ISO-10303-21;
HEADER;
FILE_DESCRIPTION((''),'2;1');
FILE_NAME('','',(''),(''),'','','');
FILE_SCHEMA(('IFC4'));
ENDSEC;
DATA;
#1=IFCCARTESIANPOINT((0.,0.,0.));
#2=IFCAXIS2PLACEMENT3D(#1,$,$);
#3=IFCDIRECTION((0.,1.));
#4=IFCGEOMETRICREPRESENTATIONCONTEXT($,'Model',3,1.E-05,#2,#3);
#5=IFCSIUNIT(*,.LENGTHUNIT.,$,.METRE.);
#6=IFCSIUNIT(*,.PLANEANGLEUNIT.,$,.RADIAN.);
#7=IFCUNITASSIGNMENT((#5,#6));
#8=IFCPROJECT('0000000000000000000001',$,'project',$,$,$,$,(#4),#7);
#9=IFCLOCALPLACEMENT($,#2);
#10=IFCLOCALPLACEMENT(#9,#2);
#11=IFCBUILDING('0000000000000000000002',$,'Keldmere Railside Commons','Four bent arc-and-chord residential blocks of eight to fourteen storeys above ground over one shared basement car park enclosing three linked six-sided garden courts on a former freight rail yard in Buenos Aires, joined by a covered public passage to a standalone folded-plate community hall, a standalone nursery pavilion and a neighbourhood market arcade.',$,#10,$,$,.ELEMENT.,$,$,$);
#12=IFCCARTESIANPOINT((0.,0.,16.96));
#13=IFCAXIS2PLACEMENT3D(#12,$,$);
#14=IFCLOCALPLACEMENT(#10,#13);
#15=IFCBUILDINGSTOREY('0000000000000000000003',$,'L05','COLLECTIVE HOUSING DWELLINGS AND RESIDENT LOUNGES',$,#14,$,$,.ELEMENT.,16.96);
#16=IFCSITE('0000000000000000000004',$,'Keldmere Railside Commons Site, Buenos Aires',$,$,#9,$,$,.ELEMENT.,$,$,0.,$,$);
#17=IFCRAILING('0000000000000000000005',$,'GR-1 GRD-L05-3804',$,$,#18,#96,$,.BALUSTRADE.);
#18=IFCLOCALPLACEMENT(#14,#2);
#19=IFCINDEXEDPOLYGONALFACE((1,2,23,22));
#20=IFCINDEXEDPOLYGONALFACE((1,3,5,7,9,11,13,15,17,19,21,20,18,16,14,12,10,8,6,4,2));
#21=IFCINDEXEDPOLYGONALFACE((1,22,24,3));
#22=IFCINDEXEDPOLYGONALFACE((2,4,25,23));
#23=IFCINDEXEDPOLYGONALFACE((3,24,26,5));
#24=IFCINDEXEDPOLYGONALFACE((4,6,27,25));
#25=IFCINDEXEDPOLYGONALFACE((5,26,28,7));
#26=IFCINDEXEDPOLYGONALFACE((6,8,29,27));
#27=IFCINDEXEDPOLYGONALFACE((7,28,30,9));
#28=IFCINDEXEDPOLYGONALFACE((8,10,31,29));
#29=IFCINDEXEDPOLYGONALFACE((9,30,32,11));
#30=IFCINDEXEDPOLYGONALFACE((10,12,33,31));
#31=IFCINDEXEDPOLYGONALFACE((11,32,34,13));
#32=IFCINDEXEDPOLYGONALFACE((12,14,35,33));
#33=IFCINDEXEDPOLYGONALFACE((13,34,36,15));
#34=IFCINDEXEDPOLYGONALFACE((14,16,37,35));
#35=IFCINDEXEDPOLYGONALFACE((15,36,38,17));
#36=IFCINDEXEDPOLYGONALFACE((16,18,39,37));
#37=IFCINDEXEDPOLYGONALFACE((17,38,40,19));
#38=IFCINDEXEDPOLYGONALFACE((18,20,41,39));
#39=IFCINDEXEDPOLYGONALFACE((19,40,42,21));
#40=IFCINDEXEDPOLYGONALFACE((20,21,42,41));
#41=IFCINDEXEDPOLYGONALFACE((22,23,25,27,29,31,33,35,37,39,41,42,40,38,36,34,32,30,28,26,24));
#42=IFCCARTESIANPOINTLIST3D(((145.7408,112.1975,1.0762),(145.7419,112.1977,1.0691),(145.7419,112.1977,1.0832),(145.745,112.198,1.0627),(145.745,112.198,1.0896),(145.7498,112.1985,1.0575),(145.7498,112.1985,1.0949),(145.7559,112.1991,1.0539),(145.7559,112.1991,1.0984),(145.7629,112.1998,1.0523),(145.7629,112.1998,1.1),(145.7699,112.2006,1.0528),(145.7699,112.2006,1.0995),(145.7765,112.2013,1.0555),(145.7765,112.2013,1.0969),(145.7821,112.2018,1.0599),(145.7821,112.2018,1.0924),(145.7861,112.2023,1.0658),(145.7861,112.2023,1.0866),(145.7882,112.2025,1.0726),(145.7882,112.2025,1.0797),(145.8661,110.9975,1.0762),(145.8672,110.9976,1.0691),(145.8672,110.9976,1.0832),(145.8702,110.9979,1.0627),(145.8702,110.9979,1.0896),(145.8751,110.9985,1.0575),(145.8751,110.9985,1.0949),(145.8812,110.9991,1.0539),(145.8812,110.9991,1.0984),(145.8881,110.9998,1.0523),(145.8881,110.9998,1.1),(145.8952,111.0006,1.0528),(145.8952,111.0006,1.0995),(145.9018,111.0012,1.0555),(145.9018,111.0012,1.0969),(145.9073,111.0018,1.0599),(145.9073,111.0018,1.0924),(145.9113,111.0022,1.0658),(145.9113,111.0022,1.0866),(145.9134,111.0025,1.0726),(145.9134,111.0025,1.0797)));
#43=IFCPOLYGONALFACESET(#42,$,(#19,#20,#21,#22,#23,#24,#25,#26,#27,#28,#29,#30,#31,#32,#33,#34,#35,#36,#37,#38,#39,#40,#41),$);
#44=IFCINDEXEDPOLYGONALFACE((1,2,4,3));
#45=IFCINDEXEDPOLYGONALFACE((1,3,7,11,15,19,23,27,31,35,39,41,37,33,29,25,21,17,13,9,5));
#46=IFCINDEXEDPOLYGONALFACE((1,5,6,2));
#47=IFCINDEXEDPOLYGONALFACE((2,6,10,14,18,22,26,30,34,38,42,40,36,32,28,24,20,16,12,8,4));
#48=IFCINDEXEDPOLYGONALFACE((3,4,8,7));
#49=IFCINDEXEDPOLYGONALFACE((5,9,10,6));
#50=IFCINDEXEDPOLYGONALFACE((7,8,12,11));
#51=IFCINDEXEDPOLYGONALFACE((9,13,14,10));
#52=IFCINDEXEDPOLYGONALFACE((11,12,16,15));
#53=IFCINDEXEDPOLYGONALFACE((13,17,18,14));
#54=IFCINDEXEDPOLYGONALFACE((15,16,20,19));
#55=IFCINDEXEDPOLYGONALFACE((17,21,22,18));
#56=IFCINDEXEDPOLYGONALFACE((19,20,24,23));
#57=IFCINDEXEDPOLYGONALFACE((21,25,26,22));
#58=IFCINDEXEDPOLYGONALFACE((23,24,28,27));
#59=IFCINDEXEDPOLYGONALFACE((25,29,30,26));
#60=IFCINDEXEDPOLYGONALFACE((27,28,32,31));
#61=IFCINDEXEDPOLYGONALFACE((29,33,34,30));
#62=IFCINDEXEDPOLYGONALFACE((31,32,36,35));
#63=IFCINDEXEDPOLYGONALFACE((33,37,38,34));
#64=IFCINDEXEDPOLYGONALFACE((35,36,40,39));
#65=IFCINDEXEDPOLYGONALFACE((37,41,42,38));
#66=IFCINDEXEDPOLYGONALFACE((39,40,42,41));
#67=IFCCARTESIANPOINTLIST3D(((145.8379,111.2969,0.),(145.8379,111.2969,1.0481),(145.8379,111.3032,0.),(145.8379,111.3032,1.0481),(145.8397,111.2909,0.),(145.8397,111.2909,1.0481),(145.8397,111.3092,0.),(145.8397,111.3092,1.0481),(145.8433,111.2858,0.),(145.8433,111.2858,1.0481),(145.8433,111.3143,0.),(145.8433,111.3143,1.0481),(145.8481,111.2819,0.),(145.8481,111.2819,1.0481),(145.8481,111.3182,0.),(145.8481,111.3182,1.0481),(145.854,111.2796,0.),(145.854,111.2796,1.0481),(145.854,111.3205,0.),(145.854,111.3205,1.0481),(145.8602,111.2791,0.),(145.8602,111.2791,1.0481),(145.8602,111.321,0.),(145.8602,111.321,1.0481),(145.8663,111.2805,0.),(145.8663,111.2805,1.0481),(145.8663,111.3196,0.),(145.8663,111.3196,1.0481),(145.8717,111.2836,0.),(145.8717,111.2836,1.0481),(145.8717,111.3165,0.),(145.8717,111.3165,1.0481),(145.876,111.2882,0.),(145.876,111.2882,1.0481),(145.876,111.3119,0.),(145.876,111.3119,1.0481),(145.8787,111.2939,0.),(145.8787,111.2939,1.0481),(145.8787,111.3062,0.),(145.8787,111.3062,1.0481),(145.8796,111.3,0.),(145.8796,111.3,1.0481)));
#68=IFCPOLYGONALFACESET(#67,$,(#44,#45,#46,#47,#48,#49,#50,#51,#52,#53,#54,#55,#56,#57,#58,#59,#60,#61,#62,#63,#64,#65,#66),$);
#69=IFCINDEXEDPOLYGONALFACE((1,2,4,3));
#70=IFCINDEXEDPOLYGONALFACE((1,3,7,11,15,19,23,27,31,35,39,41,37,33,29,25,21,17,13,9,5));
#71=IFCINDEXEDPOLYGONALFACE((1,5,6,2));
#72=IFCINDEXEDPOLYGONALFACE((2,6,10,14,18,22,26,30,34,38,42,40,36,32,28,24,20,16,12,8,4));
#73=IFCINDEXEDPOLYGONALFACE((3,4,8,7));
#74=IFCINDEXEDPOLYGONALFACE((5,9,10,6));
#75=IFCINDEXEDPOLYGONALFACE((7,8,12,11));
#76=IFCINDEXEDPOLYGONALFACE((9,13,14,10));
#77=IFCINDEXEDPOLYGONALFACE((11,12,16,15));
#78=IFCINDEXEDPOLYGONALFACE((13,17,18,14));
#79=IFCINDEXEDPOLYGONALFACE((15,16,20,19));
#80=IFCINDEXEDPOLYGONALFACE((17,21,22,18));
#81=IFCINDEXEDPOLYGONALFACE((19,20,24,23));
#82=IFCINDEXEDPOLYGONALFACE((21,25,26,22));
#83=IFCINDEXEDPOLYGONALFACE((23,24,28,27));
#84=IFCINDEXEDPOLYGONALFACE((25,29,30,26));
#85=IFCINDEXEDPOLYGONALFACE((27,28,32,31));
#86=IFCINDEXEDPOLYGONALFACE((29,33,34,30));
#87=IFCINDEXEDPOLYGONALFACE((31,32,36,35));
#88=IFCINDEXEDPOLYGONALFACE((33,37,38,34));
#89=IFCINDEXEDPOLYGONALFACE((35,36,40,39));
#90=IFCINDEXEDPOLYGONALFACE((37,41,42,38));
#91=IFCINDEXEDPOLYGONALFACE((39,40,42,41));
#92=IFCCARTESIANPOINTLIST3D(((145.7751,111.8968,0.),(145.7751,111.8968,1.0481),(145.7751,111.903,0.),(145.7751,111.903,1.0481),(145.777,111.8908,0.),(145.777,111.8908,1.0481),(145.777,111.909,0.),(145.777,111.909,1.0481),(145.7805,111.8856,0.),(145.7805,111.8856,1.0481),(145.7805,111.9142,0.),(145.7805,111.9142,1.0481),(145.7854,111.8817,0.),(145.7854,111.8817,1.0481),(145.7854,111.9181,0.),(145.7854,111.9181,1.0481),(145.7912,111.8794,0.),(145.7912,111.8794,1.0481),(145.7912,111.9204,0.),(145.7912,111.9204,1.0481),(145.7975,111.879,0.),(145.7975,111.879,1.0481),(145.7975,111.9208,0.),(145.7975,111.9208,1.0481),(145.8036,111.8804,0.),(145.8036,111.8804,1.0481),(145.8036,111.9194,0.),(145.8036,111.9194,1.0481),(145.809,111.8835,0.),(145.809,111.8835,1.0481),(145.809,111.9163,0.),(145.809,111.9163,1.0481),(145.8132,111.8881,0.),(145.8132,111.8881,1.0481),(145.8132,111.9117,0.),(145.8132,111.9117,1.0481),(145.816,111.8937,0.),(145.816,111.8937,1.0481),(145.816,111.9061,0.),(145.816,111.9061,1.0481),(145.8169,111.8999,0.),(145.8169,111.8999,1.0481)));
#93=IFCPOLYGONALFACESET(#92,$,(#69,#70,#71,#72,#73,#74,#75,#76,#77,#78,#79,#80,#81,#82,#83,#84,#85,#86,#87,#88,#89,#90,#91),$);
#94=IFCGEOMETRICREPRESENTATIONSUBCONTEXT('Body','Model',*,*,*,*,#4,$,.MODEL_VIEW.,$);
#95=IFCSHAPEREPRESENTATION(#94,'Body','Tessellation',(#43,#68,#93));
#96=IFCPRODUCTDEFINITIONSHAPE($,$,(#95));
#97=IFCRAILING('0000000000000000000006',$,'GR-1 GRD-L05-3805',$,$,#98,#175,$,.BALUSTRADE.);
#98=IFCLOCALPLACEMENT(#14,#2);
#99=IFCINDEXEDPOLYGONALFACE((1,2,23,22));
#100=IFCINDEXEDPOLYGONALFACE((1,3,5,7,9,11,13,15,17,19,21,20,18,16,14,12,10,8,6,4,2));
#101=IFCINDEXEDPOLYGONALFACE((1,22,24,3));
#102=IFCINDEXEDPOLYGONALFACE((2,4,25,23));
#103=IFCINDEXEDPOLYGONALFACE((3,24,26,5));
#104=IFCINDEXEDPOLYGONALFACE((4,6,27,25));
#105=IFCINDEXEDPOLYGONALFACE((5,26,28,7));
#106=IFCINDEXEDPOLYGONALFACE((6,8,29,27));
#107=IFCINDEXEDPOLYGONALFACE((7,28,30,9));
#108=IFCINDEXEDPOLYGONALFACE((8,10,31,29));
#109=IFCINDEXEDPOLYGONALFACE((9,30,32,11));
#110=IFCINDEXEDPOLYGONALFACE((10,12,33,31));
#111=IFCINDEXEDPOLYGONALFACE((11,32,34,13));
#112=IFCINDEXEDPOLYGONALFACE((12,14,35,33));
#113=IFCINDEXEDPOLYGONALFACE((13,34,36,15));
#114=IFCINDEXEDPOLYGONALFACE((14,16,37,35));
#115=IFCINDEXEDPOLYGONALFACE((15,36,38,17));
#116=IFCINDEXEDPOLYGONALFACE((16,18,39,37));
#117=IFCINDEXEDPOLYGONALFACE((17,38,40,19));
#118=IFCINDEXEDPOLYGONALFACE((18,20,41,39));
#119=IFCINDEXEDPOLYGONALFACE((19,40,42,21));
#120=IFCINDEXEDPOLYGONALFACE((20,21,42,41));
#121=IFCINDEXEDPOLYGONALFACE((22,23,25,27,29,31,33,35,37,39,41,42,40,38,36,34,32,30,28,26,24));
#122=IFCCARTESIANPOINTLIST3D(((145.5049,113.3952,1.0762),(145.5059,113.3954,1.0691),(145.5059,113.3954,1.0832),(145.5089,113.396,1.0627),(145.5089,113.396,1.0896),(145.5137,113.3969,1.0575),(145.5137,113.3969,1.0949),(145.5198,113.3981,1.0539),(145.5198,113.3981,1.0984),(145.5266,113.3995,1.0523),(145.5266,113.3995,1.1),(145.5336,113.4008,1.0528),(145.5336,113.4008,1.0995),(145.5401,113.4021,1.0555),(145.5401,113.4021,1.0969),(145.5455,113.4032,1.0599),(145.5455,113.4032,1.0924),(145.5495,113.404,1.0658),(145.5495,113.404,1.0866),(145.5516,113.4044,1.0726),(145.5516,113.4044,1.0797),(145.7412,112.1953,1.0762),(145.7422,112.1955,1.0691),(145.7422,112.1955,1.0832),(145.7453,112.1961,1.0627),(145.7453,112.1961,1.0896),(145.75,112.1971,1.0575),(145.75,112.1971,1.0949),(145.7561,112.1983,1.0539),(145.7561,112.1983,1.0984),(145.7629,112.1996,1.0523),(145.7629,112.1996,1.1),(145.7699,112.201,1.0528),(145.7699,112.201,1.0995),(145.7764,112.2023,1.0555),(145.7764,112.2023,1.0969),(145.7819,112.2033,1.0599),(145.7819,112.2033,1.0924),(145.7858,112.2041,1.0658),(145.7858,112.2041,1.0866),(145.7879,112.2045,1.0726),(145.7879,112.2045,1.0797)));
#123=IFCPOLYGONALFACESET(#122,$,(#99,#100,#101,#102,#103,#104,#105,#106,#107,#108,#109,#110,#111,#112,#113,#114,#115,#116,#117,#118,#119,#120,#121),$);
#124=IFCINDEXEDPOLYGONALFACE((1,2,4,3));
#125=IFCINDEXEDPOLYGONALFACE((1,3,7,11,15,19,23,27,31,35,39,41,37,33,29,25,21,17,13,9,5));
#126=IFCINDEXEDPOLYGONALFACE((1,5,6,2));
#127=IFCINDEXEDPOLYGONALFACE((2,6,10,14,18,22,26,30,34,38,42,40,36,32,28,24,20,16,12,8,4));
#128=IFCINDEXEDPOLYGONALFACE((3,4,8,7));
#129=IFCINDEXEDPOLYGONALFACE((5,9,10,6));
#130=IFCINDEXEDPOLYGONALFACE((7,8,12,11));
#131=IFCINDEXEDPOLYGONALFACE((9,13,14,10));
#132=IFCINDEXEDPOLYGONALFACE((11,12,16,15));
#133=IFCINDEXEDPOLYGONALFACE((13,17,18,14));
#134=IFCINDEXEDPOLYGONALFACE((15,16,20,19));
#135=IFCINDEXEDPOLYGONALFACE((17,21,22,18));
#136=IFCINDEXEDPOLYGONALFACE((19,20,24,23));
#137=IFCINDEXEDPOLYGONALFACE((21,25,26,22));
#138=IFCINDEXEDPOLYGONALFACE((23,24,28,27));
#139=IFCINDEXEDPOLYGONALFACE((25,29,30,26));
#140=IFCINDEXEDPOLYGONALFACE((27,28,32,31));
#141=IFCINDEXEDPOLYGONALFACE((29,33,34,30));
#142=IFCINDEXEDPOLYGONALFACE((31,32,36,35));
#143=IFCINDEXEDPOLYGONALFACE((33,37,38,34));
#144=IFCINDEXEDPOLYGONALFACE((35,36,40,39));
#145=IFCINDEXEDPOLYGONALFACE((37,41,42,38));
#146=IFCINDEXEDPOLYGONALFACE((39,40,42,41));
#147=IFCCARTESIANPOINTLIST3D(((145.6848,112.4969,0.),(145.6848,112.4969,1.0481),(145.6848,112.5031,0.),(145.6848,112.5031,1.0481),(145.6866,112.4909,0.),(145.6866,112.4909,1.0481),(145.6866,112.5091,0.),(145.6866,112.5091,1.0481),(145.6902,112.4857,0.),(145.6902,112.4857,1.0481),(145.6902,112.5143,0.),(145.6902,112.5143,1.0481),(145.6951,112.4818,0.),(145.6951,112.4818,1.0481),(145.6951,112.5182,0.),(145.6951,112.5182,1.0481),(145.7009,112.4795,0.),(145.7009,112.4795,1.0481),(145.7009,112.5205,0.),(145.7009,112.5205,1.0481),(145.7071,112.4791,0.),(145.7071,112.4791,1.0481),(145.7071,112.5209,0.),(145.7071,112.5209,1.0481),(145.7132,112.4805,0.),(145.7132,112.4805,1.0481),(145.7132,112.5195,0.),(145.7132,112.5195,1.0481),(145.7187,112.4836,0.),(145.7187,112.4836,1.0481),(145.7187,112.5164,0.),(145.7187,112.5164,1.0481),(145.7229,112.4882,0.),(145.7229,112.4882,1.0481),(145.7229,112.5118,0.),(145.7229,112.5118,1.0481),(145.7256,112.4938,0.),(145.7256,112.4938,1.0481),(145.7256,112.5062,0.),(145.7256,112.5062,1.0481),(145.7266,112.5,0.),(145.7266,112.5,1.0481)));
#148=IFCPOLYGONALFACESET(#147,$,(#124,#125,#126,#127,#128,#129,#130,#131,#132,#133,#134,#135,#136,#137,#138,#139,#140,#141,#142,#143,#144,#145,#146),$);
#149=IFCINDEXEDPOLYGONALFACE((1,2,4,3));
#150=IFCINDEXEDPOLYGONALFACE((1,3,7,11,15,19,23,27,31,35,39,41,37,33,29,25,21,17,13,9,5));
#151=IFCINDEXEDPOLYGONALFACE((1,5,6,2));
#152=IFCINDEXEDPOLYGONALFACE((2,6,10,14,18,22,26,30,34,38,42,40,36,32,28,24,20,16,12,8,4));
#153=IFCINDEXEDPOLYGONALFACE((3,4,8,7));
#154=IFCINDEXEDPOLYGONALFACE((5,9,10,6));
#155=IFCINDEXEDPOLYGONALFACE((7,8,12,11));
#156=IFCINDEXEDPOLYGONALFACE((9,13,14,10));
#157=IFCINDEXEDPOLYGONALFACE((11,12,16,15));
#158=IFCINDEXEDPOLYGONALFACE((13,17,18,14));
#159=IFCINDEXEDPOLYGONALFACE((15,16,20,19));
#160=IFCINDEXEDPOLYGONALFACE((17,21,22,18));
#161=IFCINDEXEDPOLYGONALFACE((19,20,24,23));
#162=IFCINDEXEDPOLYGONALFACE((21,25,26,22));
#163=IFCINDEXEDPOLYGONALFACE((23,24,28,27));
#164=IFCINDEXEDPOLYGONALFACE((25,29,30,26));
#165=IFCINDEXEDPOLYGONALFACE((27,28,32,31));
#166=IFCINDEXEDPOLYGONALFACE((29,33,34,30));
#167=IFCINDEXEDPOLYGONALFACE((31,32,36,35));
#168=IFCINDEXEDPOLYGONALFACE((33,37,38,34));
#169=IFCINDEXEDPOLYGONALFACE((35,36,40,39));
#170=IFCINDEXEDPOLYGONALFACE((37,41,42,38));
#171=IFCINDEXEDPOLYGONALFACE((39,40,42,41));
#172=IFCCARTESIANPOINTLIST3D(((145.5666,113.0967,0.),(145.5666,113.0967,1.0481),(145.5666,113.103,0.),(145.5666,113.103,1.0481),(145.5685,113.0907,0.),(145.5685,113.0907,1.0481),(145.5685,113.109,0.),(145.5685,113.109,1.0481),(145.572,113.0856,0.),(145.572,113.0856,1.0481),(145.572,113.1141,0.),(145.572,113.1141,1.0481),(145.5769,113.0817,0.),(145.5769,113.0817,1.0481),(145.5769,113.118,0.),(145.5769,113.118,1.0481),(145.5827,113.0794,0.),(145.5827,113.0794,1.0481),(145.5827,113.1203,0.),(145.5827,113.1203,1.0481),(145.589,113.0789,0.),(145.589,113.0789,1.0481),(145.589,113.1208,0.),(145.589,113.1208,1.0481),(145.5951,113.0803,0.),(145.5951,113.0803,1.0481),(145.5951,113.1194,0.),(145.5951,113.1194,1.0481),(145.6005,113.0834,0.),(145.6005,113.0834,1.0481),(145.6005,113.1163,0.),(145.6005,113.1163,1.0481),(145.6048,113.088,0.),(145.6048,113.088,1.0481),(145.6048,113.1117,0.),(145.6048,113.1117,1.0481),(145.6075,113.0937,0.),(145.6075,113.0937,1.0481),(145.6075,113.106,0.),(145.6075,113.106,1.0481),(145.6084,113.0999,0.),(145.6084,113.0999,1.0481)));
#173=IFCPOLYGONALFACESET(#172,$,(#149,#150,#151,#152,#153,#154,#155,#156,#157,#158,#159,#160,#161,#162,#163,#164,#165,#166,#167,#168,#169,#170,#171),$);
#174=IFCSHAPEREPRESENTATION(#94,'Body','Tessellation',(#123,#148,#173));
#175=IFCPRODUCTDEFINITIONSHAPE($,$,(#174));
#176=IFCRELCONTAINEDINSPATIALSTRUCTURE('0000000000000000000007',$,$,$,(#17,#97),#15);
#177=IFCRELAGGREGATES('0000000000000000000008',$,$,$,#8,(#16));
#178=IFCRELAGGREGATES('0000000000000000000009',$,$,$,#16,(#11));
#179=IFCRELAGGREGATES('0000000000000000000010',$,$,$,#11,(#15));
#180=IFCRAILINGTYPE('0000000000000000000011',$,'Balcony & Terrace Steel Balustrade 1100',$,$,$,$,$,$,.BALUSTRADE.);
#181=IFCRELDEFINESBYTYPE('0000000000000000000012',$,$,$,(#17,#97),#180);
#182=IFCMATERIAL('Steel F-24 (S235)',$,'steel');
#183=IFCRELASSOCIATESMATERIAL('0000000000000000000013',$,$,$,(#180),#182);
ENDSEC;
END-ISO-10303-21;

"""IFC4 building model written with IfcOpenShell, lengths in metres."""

from ifc_helpers import new_model, si_unit, direction, frame, origin, origin_2d, place, context, subcontext, project, spatial, circle, extrude, material, type_object, element, save


model = new_model("IFC4")

# Units and contexts
model_context = context("Model", 3, precision=1e-05, world=origin(), true_north=direction((0.0, 1.0)))
body_context = subcontext(model_context, "Body", "Model", "MODEL_VIEW")
ifc_project = project(units=[si_unit("LENGTHUNIT", "METRE"), si_unit("PLANEANGLEUNIT", "RADIAN")], contexts=[model_context])

# Site, building, storey
site_placement = place(None, origin())
site = spatial("IfcSite", under=ifc_project, at=site_placement, Name="Keldmere Railside Commons Site, Buenos Aires", CompositionType="ELEMENT", RefElevation=0.0)
building_placement = place(site_placement, origin())
building = spatial("IfcBuilding", under=site, at=building_placement, Name="Keldmere Railside Commons", Description="Four bent arc-and-chord residential blocks of eight to fourteen storeys above ground over one shared basement car park enclosing three linked six-sided garden courts on a former freight rail yard in Buenos Aires, joined by a covered public passage to a standalone folded-plate community hall, a standalone nursery pavilion and a neighbourhood market arcade.", CompositionType="ELEMENT")
storey_placement = place(building_placement, frame((0.0, 0.0, 16.96)))
storey = spatial("IfcBuildingStorey", under=building, at=storey_placement, Name="L05", Description="COLLECTIVE HOUSING DWELLINGS AND RESIDENT LOUNGES", CompositionType="ELEMENT", Elevation=16.96)

# Shared definitions
ifc_material_1 = material(Name="Steel F-24 (S235)", Category="steel")

# Railings
railing_type = type_object("IfcRailingType", Name="Balcony & Terrace Steel Balustrade 1100", PredefinedType="BALUSTRADE", material=ifc_material_1)
railing_1_placement = place(storey_placement, frame((145.8899, 111.0, 0.0)))
element("IfcRailing", 1, at=railing_1_placement, inside=storey, type_object=railing_type, Name="GR-1 GRD-L05-3804", PredefinedType="BALUSTRADE", context=body_context, shape_type="SweptSolid", body=[
    extrude(circle(Radius=0.0239, at=origin_2d()), frame((0.0, 0.0, 1.0762), z_axis=(-0.10381, 0.994597, 0.0), x_axis=(-0.994597, -0.10381, 0.0)), (0.0, 0.0, 1.0), 1.2065),
    extrude(circle(Radius=0.021, at=origin_2d()), frame((-0.0312, 0.3, 0.0)), (0.0, 0.0, 1.0), 1.0481),
    extrude(circle(Radius=0.021, at=origin_2d()), frame((-0.094, 0.8999, 0.0)), (0.0, 0.0, 1.0), 1.0481),
])
railing_2_placement = place(storey_placement, frame((145.7646, 112.2, 0.0)))
element("IfcRailing", 2, at=railing_2_placement, inside=storey, type_object=railing_type, Name="GR-1 GRD-L05-3805", PredefinedType="BALUSTRADE", context=body_context, shape_type="SweptSolid", body=[
    extrude(circle(Radius=0.0239, at=origin_2d()), frame((0.0, 0.0, 1.0762), z_axis=(-0.193236, 0.981152, 0.0), x_axis=(-0.981152, -0.193236, 0.0)), (0.0, 0.0, 1.0), 1.2229),
    extrude(circle(Radius=0.021, at=origin_2d()), frame((-0.0591, 0.3, 0.0)), (0.0, 0.0, 1.0), 1.0481),
    extrude(circle(Radius=0.021, at=origin_2d()), frame((-0.1772, 0.8999, 0.0)), (0.0, 0.0, 1.0), 1.0481),
])

save(model, "model.ifc")
